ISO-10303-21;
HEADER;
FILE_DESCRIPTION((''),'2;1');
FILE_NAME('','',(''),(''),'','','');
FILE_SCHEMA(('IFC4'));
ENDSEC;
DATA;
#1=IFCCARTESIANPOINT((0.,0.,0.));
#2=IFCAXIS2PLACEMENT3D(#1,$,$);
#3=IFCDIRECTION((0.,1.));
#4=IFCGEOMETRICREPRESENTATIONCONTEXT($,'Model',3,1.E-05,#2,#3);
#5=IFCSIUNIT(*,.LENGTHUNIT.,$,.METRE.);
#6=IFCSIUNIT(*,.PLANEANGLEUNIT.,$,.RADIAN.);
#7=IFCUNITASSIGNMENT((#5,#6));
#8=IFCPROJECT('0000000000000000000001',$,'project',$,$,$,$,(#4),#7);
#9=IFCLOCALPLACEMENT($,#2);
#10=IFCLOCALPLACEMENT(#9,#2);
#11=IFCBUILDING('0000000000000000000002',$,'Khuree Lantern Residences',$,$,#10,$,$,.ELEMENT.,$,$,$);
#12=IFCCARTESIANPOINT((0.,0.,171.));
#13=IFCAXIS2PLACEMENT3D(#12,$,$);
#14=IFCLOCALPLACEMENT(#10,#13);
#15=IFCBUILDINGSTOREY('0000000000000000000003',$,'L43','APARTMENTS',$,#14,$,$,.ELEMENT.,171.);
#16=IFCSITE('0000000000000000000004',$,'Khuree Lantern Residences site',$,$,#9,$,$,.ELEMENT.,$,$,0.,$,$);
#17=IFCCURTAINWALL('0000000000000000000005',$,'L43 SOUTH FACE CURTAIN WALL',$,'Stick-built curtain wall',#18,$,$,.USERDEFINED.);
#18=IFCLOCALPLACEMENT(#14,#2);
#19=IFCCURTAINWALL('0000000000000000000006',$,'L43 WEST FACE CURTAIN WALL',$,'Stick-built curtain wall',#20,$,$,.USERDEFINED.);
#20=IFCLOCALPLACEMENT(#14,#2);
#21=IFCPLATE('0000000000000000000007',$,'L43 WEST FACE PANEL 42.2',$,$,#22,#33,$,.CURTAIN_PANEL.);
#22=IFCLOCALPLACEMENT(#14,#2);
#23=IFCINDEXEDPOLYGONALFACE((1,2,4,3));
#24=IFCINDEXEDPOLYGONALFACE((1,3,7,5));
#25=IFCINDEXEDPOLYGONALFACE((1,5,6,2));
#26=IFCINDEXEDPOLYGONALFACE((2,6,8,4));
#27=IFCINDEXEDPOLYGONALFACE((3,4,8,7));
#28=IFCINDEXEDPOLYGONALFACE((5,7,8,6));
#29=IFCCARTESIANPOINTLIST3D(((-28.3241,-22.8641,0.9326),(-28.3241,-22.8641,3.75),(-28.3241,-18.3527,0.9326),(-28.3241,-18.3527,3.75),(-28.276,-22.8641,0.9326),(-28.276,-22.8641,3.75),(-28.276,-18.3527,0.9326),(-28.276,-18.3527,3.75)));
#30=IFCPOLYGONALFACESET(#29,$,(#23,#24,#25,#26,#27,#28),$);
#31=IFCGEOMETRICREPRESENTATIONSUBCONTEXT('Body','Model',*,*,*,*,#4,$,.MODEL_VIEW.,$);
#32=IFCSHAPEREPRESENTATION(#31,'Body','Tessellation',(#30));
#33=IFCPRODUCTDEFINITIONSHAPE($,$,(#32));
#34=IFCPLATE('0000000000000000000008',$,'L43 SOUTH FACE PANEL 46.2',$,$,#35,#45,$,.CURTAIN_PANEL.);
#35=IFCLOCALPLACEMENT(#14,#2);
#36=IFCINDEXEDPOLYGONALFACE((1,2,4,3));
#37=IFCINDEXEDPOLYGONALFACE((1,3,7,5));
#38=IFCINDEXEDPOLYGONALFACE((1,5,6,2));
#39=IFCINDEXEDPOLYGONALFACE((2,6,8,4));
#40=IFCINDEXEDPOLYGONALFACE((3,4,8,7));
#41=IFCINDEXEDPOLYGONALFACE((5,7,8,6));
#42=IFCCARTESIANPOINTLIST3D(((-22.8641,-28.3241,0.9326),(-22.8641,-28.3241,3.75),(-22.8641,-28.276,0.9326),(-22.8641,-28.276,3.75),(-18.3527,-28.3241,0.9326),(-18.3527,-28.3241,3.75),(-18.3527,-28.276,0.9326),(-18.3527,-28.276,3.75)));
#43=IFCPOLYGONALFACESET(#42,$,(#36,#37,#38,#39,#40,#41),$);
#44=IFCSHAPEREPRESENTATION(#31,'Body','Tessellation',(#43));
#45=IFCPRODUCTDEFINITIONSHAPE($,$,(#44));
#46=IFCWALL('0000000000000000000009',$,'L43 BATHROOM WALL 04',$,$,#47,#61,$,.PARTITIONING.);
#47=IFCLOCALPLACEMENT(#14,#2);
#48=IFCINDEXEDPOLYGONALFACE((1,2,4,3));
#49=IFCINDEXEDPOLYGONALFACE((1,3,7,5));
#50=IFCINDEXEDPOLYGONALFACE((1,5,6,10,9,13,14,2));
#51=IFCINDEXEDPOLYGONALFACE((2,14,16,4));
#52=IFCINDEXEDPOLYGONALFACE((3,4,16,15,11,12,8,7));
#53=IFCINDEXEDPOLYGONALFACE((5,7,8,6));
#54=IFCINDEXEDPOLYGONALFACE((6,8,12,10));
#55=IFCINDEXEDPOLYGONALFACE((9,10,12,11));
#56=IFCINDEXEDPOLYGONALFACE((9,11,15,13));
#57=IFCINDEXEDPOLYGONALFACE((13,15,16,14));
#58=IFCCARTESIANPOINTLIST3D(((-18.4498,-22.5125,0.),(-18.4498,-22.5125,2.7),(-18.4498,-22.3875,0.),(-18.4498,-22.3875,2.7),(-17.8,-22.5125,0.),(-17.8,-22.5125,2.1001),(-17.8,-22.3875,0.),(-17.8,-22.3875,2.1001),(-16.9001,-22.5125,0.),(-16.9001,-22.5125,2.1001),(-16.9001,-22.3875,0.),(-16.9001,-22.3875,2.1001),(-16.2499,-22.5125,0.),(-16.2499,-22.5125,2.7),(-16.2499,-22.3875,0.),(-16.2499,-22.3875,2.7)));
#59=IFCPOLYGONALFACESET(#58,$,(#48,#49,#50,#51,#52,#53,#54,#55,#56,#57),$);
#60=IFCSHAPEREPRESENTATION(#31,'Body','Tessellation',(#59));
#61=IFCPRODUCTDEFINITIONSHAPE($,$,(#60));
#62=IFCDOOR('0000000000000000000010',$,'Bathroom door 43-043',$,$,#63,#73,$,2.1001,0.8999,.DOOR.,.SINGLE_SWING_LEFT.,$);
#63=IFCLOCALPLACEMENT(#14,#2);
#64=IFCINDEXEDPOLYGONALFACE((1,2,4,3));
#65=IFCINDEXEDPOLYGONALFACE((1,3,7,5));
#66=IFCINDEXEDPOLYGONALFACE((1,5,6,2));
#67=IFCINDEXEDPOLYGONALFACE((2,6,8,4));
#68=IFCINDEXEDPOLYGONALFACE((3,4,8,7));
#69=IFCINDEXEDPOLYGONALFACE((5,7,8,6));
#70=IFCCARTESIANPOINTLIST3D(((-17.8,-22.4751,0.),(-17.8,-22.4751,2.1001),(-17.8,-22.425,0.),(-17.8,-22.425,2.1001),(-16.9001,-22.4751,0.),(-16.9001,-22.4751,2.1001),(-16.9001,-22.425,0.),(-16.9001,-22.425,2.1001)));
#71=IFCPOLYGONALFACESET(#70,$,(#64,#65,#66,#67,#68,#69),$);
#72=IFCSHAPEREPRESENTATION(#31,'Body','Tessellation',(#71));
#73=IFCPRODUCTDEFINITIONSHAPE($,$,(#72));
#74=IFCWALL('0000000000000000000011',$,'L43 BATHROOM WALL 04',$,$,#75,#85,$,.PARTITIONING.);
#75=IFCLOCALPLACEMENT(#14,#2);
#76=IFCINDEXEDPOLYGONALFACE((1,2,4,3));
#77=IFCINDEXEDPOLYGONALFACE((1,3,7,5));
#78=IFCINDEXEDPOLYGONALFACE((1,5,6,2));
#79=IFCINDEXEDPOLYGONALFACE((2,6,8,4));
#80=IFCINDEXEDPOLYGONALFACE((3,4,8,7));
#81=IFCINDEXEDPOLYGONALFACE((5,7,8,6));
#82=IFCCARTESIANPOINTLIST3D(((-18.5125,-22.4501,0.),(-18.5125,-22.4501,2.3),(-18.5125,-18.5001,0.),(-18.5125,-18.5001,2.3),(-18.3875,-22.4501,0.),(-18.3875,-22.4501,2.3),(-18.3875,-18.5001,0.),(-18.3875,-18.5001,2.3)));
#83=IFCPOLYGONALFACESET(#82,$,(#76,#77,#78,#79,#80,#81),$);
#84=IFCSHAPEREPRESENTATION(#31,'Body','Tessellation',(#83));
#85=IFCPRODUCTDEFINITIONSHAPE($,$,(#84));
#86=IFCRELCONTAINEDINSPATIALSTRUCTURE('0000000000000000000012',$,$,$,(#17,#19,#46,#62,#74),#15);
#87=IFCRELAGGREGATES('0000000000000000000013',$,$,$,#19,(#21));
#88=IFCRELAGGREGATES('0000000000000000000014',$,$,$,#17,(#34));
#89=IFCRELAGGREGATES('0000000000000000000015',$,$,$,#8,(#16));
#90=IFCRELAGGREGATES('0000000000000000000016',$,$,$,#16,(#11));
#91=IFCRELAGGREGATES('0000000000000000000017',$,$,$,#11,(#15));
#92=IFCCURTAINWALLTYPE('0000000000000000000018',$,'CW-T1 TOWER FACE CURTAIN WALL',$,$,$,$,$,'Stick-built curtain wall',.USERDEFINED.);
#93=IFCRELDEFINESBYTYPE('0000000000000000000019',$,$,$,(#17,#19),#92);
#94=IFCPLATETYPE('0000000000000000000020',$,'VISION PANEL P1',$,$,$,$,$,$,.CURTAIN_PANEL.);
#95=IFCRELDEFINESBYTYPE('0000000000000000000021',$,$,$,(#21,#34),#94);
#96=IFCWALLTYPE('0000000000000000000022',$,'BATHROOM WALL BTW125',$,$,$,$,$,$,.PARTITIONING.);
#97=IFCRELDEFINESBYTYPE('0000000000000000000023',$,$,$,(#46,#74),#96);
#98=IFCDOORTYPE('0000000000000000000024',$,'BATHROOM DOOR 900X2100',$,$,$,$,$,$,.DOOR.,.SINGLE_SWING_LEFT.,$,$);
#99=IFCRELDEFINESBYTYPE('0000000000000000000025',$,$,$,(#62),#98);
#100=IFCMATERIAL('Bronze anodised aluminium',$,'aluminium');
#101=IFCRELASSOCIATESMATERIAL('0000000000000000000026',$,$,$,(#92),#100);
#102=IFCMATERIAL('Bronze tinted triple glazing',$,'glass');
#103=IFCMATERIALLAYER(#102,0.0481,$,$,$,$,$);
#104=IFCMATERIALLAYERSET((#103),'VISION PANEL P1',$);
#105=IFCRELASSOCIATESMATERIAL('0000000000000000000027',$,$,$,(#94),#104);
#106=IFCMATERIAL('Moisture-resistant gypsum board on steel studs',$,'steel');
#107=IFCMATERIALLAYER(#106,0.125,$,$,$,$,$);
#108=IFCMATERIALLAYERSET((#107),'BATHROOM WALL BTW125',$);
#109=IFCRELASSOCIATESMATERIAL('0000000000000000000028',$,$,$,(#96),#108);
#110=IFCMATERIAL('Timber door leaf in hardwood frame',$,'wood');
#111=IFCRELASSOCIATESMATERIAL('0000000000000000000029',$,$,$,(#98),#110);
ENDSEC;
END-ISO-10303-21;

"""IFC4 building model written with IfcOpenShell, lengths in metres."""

from ifc_helpers import new_model, si_unit, direction, frame, frame_2d, origin, origin_2d, place, context, subcontext, project, spatial, rectangle, extrude, material, layer, layer_set, type_object, element, fill, aggregate, save


model = new_model("IFC4")

# Units and contexts
model_context = context("Model", 3, precision=1e-05, world=origin(), true_north=direction((0.0, 1.0)))
body_context = subcontext(model_context, "Body", "Model", "MODEL_VIEW")
ifc_project = project(units=[si_unit("LENGTHUNIT", "METRE"), si_unit("PLANEANGLEUNIT", "RADIAN")], contexts=[model_context])

# Site, building, storey
site_placement = place(None, origin())
site = spatial("IfcSite", under=ifc_project, at=site_placement, Name="Khuree Lantern Residences site", CompositionType="ELEMENT", RefElevation=0.0)
building_placement = place(site_placement, origin())
building = spatial("IfcBuilding", under=site, at=building_placement, Name="Khuree Lantern Residences", CompositionType="ELEMENT")
storey_placement = place(building_placement, frame((0.0, 0.0, 171.0)))
storey = spatial("IfcBuildingStorey", under=building, at=storey_placement, Name="L43", Description="APARTMENTS", CompositionType="ELEMENT", Elevation=171.0)

# Shared definitions
ifc_material_1 = material(Name="Bronze anodised aluminium", Category="aluminium")

# Curtain wall
curtain_wall_type_1 = type_object("IfcCurtainWallType", Name="CW-T1 TOWER FACE CURTAIN WALL", ElementType="Stick-built curtain wall", PredefinedType="USERDEFINED", material=ifc_material_1)
curtain_wall_1_placement = place(storey_placement, origin())
curtain_wall_1 = element("IfcCurtainWall", 1, at=curtain_wall_1_placement, inside=storey, type_object=curtain_wall_type_1, Name="L43 SOUTH FACE CURTAIN WALL", ObjectType="Stick-built curtain wall", PredefinedType="USERDEFINED")

# Curtain wall
curtain_wall_2_placement = place(storey_placement, origin())
curtain_wall_2 = element("IfcCurtainWall", 2, at=curtain_wall_2_placement, inside=storey, type_object=curtain_wall_type_1, Name="L43 WEST FACE CURTAIN WALL", ObjectType="Stick-built curtain wall", PredefinedType="USERDEFINED")

# Plates
ifc_material_2 = material(Name="Bronze tinted triple glazing", Category="glass")
ifc_layer_1 = layer(ifc_material_2, 0.0481)
ifc_layer_set_1 = layer_set([ifc_layer_1], Name="VISION PANEL P1")
plate_type_1 = type_object("IfcPlateType", Name="VISION PANEL P1", PredefinedType="CURTAIN_PANEL", material=ifc_layer_set_1)
plate_1_placement = place(storey_placement, frame((-28.3, -20.6084, 0.9326), z_axis=(0.0, 0.0, 1.0), x_axis=(0.0, -1.0, 0.0)))
plate_1 = element("IfcPlate", 3, at=plate_1_placement, type_object=plate_type_1, Name="L43 WEST FACE PANEL 42.2", PredefinedType="CURTAIN_PANEL", context=body_context, shape_type="SweptSolid", body=[
    extrude(rectangle(XDim=4.5115, YDim=0.0481, at=origin_2d()), origin(), (0.0, 0.0, 1.0), 2.8174),
])
aggregate(curtain_wall_2, [plate_1])
plate_2_placement = place(storey_placement, frame((-20.6084, -28.3, 0.9326), z_axis=(0.0, 0.0, 1.0), x_axis=(1.0, 0.0, 0.0)))
plate_2 = element("IfcPlate", 4, at=plate_2_placement, type_object=plate_type_1, Name="L43 SOUTH FACE PANEL 46.2", PredefinedType="CURTAIN_PANEL", context=body_context, shape_type="SweptSolid", body=[
    extrude(rectangle(XDim=4.5115, YDim=0.0481, at=origin_2d()), origin(), (0.0, 0.0, 1.0), 2.8174),
])
aggregate(curtain_wall_1, [plate_2])

# Wall, opening, door
ifc_material_3 = material(Name="Moisture-resistant gypsum board on steel studs", Category="steel")
ifc_layer_2 = layer(ifc_material_3, 0.125)
ifc_layer_set_2 = layer_set([ifc_layer_2], Name="BATHROOM WALL BTW125")
wall_type = type_object("IfcWallType", Name="BATHROOM WALL BTW125", PredefinedType="PARTITIONING", material=ifc_layer_set_2)
wall_1_placement = place(storey_placement, frame((-18.45, -22.45, 0.0), z_axis=(0.0, 0.0, 1.0), x_axis=(1.0, 0.0, 0.0)))
wall_1 = element("IfcWall", 5, at=wall_1_placement, inside=storey, type_object=wall_type, Name="L43 BATHROOM WALL 04", PredefinedType="PARTITIONING", context=body_context, shape_type="SweptSolid", body=[
    extrude(rectangle(XDim=2.2, YDim=0.125, at=frame_2d((1.1001, 0.0))), origin(), (0.0, 0.0, 1.0), 2.7),
])
opening_placement = place(wall_1_placement, frame((0.6499, 0.0, 0.0)))
opening = element("IfcOpeningElement", 6, at=opening_placement, cuts=wall_1, PredefinedType="OPENING", context=body_context, shape_type="SweptSolid", body=[
    extrude(rectangle(XDim=0.8999, YDim=2.1001, at=frame_2d((0.45, 1.05))), frame((0.0, 0.0725, 0.0), z_axis=(0.0, -1.0, 0.0), x_axis=(1.0, 0.0, 0.0)), (0.0, 0.0, 1.0), 0.145),
])
ifc_material_4 = material(Name="Timber door leaf in hardwood frame", Category="wood")
door_type = type_object("IfcDoorType", Name="BATHROOM DOOR 900X2100", OperationType="SINGLE_SWING_LEFT", PredefinedType="DOOR", material=ifc_material_4)
door_placement = place(opening_placement, origin())
door = element("IfcDoor", 7, at=door_placement, inside=storey, type_object=door_type, Name="Bathroom door 43-043", OperationType="SINGLE_SWING_LEFT", OverallHeight=2.1001, OverallWidth=0.8999, PredefinedType="DOOR", context=body_context, shape_type="SweptSolid", body=[
    extrude(rectangle(XDim=0.8999, YDim=2.1001, at=frame_2d((0.45, 1.05))), frame((0.0, 0.0249, 0.0), z_axis=(0.0, -1.0, 0.0), x_axis=(1.0, 0.0, 0.0)), (0.0, 0.0, 1.0), 0.05),
])
fill(opening, door)

# Wall
wall_2_placement = place(storey_placement, frame((-18.45, -18.5, 0.0), z_axis=(0.0, 0.0, 1.0), x_axis=(0.0, -1.0, 0.0)))
element("IfcWall", 8, at=wall_2_placement, inside=storey, type_object=wall_type, Name="L43 BATHROOM WALL 04", PredefinedType="PARTITIONING", context=body_context, shape_type="SweptSolid", body=[
    extrude(rectangle(XDim=3.95, YDim=0.125, at=frame_2d((1.9751, 0.0))), origin(), (0.0, 0.0, 1.0), 2.3),
])

save(model, "model.ifc")
